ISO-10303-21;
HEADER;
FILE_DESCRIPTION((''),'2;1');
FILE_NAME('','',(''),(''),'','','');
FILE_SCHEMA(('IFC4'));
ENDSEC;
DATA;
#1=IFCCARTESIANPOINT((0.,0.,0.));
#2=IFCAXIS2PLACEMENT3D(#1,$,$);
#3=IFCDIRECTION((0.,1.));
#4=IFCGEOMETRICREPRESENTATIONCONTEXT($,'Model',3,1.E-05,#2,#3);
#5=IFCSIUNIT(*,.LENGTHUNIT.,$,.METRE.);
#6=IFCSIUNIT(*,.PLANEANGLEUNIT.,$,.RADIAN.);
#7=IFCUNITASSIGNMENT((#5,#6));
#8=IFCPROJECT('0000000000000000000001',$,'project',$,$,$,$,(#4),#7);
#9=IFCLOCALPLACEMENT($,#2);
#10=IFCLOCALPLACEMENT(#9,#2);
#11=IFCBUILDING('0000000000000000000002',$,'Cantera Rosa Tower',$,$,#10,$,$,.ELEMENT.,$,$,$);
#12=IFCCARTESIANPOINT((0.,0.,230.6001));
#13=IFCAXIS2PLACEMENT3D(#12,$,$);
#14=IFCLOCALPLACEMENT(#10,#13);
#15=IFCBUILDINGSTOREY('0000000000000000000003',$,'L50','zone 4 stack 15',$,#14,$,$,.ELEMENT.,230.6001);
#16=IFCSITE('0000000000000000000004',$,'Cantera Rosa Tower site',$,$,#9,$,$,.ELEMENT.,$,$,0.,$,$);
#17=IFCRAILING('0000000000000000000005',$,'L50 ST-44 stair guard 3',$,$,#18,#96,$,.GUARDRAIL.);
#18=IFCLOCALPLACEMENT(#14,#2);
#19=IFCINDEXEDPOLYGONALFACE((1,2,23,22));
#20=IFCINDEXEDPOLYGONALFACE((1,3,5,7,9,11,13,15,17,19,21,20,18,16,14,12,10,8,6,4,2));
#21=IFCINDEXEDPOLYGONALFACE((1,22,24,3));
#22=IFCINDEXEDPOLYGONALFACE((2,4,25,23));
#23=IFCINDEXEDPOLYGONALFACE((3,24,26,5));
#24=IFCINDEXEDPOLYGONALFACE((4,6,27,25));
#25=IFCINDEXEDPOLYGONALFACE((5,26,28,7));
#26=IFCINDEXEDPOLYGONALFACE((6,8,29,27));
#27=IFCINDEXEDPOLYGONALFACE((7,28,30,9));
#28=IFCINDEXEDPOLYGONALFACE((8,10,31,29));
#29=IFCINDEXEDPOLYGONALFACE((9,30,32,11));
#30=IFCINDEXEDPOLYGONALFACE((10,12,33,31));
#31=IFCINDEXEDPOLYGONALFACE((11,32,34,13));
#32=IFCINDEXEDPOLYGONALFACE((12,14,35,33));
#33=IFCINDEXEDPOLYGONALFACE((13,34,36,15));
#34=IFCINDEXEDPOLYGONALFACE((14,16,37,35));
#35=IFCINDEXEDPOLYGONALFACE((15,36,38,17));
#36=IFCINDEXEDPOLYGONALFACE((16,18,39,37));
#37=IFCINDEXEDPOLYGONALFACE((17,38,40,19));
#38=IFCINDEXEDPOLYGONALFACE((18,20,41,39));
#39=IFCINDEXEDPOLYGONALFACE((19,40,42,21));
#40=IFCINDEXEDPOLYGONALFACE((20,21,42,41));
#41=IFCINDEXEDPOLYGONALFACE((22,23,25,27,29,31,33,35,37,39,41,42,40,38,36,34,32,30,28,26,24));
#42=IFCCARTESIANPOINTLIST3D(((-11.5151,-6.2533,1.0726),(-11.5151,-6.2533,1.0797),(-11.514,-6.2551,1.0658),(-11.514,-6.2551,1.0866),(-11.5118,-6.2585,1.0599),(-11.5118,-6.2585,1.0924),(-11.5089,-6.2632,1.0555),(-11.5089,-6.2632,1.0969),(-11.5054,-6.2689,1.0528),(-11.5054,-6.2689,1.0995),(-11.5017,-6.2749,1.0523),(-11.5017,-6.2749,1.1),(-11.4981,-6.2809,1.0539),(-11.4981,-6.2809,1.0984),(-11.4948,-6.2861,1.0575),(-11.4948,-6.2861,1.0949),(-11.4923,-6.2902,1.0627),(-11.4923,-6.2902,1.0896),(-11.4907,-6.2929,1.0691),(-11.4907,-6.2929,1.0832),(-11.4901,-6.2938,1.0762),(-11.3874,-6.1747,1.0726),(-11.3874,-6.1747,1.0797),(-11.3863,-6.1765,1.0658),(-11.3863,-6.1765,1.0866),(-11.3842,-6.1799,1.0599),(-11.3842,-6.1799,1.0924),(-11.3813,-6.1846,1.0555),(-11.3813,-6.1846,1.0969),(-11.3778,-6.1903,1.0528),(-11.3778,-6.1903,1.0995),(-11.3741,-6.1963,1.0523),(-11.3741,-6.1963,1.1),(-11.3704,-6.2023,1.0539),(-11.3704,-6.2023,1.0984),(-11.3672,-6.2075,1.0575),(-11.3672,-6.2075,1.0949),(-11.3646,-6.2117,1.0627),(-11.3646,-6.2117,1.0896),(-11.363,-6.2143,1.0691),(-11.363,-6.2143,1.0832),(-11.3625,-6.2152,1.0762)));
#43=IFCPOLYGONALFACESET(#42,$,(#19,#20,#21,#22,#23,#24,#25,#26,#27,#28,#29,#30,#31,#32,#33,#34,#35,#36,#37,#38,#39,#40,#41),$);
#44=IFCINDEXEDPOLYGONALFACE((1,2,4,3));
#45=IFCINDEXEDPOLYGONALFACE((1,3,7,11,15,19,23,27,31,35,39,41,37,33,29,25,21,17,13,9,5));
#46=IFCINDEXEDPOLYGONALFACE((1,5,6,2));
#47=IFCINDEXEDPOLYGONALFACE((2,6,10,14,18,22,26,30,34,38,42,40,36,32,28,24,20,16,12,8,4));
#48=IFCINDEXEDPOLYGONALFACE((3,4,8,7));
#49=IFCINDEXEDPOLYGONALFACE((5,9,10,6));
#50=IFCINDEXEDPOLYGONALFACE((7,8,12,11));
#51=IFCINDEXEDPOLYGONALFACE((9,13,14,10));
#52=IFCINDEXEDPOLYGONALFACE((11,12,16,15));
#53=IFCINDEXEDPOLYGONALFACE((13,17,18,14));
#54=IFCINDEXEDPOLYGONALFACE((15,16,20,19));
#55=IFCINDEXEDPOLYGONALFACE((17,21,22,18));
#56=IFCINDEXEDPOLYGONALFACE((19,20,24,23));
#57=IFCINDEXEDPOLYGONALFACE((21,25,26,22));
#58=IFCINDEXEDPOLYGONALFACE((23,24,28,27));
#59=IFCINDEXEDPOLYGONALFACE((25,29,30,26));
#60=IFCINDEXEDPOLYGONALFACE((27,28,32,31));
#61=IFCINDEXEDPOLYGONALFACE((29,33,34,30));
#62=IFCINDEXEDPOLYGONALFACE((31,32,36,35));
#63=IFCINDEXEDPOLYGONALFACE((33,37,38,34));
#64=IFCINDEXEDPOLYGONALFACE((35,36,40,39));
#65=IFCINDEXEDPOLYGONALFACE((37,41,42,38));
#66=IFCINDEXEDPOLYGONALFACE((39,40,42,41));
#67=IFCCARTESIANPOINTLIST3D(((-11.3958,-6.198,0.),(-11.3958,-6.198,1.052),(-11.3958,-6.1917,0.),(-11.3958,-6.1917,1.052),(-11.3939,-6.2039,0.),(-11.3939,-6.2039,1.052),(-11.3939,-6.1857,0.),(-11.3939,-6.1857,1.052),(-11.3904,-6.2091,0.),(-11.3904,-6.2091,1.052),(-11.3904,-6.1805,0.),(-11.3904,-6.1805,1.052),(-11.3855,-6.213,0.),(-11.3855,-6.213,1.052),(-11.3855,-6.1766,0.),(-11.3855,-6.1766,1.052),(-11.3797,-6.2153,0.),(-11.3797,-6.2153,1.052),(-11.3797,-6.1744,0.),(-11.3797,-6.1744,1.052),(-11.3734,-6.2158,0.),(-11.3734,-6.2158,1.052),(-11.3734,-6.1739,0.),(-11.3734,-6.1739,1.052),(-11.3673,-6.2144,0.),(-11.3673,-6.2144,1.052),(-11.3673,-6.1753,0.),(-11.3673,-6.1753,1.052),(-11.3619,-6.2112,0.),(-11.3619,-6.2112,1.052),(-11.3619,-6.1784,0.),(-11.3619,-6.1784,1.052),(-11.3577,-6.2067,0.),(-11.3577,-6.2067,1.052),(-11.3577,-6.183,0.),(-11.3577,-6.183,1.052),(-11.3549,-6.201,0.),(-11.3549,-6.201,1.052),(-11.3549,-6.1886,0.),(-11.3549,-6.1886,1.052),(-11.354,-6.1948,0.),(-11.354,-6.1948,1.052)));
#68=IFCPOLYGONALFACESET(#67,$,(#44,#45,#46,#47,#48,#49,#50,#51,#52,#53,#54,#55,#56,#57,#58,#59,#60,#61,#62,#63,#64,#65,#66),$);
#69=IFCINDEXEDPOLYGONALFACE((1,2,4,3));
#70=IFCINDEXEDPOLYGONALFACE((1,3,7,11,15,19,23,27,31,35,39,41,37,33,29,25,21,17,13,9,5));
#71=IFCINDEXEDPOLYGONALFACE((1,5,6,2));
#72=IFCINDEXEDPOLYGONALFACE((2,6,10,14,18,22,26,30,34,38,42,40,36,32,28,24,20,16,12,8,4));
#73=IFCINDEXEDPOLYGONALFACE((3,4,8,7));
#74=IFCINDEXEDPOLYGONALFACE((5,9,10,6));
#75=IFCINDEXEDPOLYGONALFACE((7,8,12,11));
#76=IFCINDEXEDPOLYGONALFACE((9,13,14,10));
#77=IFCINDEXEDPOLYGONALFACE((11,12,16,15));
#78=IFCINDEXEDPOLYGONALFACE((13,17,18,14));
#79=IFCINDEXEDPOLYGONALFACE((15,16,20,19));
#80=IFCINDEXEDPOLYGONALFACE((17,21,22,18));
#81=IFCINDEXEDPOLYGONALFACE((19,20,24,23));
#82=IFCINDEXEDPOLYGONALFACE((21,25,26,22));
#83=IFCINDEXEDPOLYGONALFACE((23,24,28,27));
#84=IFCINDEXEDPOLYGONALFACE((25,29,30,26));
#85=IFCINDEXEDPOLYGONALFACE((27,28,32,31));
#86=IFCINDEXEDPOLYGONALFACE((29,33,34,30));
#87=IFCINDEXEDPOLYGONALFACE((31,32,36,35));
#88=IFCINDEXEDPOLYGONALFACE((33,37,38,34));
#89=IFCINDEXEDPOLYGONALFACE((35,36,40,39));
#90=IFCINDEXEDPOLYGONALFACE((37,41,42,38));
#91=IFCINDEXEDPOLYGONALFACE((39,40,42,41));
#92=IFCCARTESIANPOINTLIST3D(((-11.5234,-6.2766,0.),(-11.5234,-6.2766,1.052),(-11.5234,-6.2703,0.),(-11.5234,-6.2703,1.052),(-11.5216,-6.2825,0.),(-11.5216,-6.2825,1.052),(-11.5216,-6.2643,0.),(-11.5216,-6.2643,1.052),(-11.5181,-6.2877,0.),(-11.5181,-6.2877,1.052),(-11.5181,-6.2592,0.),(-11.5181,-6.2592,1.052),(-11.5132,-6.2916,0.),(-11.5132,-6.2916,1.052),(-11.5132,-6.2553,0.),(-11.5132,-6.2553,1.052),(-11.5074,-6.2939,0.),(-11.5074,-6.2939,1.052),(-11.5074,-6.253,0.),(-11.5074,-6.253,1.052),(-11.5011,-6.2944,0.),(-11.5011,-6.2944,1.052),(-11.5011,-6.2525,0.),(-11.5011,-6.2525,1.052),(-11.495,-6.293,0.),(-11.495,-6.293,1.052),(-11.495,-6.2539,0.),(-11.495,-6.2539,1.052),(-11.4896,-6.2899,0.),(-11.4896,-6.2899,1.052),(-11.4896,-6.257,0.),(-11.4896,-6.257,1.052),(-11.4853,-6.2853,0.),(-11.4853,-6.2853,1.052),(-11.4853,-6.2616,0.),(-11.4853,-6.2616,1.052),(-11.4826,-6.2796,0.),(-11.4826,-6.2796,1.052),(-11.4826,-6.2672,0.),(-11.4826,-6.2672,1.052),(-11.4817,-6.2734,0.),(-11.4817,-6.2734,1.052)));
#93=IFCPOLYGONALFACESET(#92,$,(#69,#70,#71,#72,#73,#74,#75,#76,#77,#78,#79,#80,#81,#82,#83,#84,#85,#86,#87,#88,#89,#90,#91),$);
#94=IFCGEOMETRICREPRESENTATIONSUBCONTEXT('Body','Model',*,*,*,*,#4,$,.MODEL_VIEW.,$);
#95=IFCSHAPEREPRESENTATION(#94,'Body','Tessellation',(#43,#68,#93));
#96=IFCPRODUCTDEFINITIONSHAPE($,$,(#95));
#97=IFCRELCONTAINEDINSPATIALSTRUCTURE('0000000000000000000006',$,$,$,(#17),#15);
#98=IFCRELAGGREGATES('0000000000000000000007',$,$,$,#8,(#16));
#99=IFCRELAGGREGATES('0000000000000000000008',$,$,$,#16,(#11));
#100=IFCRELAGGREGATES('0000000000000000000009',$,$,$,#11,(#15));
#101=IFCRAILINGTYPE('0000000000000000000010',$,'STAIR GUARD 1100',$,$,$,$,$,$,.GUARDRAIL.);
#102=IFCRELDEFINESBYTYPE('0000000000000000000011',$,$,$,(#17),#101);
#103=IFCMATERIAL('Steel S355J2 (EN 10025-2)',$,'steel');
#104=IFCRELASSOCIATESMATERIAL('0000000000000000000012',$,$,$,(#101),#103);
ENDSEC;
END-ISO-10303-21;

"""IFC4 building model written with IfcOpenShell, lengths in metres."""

from ifc_helpers import new_model, si_unit, direction, frame, origin, origin_2d, place, context, subcontext, project, spatial, circle, extrude, material, type_object, element, save


model = new_model("IFC4")

# Units and contexts
model_context = context("Model", 3, precision=1e-05, world=origin(), true_north=direction((0.0, 1.0)))
body_context = subcontext(model_context, "Body", "Model", "MODEL_VIEW")
ifc_project = project(units=[si_unit("LENGTHUNIT", "METRE"), si_unit("PLANEANGLEUNIT", "RADIAN")], contexts=[model_context])

# Site, building, storey
site_placement = place(None, origin())
site = spatial("IfcSite", under=ifc_project, at=site_placement, Name="Cantera Rosa Tower site", CompositionType="ELEMENT", RefElevation=0.0)
building_placement = place(site_placement, origin())
building = spatial("IfcBuilding", under=site, at=building_placement, Name="Cantera Rosa Tower", CompositionType="ELEMENT")
storey_placement = place(building_placement, frame((0.0, 0.0, 230.6001)))
storey = spatial("IfcBuildingStorey", under=building, at=storey_placement, Name="L50", Description="zone 4 stack 15", CompositionType="ELEMENT", Elevation=230.6001)

# Railing
ifc_material_1 = material(Name="Steel S355J2 (EN 10025-2)", Category="steel")
railing_type_1 = type_object("IfcRailingType", Name="STAIR GUARD 1100", PredefinedType="GUARDRAIL", material=ifc_material_1)
railing_1_placement = place(storey_placement, frame((-11.375, -6.1948, 0.0)))
element("IfcRailing", 1, at=railing_1_placement, inside=storey, type_object=railing_type_1, Name="L50 ST-44 stair guard 3", PredefinedType="GUARDRAIL", context=body_context, shape_type="SweptSolid", body=[
    extrude(circle(Radius=0.0239, at=origin_2d()), frame((0.0, 0.0, 1.0762), z_axis=(-0.851546, -0.524279, 0.0), x_axis=(0.524279, -0.851546, 0.0)), (0.0, 0.0, 1.0), 0.1499),
    extrude(circle(Radius=0.021, at=origin_2d()), origin(), (0.0, 0.0, 1.0), 1.052),
    extrude(circle(Radius=0.021, at=origin_2d()), frame((-0.1277, -0.0786, 0.0)), (0.0, 0.0, 1.0), 1.052),
])

save(model, "model.ifc")
